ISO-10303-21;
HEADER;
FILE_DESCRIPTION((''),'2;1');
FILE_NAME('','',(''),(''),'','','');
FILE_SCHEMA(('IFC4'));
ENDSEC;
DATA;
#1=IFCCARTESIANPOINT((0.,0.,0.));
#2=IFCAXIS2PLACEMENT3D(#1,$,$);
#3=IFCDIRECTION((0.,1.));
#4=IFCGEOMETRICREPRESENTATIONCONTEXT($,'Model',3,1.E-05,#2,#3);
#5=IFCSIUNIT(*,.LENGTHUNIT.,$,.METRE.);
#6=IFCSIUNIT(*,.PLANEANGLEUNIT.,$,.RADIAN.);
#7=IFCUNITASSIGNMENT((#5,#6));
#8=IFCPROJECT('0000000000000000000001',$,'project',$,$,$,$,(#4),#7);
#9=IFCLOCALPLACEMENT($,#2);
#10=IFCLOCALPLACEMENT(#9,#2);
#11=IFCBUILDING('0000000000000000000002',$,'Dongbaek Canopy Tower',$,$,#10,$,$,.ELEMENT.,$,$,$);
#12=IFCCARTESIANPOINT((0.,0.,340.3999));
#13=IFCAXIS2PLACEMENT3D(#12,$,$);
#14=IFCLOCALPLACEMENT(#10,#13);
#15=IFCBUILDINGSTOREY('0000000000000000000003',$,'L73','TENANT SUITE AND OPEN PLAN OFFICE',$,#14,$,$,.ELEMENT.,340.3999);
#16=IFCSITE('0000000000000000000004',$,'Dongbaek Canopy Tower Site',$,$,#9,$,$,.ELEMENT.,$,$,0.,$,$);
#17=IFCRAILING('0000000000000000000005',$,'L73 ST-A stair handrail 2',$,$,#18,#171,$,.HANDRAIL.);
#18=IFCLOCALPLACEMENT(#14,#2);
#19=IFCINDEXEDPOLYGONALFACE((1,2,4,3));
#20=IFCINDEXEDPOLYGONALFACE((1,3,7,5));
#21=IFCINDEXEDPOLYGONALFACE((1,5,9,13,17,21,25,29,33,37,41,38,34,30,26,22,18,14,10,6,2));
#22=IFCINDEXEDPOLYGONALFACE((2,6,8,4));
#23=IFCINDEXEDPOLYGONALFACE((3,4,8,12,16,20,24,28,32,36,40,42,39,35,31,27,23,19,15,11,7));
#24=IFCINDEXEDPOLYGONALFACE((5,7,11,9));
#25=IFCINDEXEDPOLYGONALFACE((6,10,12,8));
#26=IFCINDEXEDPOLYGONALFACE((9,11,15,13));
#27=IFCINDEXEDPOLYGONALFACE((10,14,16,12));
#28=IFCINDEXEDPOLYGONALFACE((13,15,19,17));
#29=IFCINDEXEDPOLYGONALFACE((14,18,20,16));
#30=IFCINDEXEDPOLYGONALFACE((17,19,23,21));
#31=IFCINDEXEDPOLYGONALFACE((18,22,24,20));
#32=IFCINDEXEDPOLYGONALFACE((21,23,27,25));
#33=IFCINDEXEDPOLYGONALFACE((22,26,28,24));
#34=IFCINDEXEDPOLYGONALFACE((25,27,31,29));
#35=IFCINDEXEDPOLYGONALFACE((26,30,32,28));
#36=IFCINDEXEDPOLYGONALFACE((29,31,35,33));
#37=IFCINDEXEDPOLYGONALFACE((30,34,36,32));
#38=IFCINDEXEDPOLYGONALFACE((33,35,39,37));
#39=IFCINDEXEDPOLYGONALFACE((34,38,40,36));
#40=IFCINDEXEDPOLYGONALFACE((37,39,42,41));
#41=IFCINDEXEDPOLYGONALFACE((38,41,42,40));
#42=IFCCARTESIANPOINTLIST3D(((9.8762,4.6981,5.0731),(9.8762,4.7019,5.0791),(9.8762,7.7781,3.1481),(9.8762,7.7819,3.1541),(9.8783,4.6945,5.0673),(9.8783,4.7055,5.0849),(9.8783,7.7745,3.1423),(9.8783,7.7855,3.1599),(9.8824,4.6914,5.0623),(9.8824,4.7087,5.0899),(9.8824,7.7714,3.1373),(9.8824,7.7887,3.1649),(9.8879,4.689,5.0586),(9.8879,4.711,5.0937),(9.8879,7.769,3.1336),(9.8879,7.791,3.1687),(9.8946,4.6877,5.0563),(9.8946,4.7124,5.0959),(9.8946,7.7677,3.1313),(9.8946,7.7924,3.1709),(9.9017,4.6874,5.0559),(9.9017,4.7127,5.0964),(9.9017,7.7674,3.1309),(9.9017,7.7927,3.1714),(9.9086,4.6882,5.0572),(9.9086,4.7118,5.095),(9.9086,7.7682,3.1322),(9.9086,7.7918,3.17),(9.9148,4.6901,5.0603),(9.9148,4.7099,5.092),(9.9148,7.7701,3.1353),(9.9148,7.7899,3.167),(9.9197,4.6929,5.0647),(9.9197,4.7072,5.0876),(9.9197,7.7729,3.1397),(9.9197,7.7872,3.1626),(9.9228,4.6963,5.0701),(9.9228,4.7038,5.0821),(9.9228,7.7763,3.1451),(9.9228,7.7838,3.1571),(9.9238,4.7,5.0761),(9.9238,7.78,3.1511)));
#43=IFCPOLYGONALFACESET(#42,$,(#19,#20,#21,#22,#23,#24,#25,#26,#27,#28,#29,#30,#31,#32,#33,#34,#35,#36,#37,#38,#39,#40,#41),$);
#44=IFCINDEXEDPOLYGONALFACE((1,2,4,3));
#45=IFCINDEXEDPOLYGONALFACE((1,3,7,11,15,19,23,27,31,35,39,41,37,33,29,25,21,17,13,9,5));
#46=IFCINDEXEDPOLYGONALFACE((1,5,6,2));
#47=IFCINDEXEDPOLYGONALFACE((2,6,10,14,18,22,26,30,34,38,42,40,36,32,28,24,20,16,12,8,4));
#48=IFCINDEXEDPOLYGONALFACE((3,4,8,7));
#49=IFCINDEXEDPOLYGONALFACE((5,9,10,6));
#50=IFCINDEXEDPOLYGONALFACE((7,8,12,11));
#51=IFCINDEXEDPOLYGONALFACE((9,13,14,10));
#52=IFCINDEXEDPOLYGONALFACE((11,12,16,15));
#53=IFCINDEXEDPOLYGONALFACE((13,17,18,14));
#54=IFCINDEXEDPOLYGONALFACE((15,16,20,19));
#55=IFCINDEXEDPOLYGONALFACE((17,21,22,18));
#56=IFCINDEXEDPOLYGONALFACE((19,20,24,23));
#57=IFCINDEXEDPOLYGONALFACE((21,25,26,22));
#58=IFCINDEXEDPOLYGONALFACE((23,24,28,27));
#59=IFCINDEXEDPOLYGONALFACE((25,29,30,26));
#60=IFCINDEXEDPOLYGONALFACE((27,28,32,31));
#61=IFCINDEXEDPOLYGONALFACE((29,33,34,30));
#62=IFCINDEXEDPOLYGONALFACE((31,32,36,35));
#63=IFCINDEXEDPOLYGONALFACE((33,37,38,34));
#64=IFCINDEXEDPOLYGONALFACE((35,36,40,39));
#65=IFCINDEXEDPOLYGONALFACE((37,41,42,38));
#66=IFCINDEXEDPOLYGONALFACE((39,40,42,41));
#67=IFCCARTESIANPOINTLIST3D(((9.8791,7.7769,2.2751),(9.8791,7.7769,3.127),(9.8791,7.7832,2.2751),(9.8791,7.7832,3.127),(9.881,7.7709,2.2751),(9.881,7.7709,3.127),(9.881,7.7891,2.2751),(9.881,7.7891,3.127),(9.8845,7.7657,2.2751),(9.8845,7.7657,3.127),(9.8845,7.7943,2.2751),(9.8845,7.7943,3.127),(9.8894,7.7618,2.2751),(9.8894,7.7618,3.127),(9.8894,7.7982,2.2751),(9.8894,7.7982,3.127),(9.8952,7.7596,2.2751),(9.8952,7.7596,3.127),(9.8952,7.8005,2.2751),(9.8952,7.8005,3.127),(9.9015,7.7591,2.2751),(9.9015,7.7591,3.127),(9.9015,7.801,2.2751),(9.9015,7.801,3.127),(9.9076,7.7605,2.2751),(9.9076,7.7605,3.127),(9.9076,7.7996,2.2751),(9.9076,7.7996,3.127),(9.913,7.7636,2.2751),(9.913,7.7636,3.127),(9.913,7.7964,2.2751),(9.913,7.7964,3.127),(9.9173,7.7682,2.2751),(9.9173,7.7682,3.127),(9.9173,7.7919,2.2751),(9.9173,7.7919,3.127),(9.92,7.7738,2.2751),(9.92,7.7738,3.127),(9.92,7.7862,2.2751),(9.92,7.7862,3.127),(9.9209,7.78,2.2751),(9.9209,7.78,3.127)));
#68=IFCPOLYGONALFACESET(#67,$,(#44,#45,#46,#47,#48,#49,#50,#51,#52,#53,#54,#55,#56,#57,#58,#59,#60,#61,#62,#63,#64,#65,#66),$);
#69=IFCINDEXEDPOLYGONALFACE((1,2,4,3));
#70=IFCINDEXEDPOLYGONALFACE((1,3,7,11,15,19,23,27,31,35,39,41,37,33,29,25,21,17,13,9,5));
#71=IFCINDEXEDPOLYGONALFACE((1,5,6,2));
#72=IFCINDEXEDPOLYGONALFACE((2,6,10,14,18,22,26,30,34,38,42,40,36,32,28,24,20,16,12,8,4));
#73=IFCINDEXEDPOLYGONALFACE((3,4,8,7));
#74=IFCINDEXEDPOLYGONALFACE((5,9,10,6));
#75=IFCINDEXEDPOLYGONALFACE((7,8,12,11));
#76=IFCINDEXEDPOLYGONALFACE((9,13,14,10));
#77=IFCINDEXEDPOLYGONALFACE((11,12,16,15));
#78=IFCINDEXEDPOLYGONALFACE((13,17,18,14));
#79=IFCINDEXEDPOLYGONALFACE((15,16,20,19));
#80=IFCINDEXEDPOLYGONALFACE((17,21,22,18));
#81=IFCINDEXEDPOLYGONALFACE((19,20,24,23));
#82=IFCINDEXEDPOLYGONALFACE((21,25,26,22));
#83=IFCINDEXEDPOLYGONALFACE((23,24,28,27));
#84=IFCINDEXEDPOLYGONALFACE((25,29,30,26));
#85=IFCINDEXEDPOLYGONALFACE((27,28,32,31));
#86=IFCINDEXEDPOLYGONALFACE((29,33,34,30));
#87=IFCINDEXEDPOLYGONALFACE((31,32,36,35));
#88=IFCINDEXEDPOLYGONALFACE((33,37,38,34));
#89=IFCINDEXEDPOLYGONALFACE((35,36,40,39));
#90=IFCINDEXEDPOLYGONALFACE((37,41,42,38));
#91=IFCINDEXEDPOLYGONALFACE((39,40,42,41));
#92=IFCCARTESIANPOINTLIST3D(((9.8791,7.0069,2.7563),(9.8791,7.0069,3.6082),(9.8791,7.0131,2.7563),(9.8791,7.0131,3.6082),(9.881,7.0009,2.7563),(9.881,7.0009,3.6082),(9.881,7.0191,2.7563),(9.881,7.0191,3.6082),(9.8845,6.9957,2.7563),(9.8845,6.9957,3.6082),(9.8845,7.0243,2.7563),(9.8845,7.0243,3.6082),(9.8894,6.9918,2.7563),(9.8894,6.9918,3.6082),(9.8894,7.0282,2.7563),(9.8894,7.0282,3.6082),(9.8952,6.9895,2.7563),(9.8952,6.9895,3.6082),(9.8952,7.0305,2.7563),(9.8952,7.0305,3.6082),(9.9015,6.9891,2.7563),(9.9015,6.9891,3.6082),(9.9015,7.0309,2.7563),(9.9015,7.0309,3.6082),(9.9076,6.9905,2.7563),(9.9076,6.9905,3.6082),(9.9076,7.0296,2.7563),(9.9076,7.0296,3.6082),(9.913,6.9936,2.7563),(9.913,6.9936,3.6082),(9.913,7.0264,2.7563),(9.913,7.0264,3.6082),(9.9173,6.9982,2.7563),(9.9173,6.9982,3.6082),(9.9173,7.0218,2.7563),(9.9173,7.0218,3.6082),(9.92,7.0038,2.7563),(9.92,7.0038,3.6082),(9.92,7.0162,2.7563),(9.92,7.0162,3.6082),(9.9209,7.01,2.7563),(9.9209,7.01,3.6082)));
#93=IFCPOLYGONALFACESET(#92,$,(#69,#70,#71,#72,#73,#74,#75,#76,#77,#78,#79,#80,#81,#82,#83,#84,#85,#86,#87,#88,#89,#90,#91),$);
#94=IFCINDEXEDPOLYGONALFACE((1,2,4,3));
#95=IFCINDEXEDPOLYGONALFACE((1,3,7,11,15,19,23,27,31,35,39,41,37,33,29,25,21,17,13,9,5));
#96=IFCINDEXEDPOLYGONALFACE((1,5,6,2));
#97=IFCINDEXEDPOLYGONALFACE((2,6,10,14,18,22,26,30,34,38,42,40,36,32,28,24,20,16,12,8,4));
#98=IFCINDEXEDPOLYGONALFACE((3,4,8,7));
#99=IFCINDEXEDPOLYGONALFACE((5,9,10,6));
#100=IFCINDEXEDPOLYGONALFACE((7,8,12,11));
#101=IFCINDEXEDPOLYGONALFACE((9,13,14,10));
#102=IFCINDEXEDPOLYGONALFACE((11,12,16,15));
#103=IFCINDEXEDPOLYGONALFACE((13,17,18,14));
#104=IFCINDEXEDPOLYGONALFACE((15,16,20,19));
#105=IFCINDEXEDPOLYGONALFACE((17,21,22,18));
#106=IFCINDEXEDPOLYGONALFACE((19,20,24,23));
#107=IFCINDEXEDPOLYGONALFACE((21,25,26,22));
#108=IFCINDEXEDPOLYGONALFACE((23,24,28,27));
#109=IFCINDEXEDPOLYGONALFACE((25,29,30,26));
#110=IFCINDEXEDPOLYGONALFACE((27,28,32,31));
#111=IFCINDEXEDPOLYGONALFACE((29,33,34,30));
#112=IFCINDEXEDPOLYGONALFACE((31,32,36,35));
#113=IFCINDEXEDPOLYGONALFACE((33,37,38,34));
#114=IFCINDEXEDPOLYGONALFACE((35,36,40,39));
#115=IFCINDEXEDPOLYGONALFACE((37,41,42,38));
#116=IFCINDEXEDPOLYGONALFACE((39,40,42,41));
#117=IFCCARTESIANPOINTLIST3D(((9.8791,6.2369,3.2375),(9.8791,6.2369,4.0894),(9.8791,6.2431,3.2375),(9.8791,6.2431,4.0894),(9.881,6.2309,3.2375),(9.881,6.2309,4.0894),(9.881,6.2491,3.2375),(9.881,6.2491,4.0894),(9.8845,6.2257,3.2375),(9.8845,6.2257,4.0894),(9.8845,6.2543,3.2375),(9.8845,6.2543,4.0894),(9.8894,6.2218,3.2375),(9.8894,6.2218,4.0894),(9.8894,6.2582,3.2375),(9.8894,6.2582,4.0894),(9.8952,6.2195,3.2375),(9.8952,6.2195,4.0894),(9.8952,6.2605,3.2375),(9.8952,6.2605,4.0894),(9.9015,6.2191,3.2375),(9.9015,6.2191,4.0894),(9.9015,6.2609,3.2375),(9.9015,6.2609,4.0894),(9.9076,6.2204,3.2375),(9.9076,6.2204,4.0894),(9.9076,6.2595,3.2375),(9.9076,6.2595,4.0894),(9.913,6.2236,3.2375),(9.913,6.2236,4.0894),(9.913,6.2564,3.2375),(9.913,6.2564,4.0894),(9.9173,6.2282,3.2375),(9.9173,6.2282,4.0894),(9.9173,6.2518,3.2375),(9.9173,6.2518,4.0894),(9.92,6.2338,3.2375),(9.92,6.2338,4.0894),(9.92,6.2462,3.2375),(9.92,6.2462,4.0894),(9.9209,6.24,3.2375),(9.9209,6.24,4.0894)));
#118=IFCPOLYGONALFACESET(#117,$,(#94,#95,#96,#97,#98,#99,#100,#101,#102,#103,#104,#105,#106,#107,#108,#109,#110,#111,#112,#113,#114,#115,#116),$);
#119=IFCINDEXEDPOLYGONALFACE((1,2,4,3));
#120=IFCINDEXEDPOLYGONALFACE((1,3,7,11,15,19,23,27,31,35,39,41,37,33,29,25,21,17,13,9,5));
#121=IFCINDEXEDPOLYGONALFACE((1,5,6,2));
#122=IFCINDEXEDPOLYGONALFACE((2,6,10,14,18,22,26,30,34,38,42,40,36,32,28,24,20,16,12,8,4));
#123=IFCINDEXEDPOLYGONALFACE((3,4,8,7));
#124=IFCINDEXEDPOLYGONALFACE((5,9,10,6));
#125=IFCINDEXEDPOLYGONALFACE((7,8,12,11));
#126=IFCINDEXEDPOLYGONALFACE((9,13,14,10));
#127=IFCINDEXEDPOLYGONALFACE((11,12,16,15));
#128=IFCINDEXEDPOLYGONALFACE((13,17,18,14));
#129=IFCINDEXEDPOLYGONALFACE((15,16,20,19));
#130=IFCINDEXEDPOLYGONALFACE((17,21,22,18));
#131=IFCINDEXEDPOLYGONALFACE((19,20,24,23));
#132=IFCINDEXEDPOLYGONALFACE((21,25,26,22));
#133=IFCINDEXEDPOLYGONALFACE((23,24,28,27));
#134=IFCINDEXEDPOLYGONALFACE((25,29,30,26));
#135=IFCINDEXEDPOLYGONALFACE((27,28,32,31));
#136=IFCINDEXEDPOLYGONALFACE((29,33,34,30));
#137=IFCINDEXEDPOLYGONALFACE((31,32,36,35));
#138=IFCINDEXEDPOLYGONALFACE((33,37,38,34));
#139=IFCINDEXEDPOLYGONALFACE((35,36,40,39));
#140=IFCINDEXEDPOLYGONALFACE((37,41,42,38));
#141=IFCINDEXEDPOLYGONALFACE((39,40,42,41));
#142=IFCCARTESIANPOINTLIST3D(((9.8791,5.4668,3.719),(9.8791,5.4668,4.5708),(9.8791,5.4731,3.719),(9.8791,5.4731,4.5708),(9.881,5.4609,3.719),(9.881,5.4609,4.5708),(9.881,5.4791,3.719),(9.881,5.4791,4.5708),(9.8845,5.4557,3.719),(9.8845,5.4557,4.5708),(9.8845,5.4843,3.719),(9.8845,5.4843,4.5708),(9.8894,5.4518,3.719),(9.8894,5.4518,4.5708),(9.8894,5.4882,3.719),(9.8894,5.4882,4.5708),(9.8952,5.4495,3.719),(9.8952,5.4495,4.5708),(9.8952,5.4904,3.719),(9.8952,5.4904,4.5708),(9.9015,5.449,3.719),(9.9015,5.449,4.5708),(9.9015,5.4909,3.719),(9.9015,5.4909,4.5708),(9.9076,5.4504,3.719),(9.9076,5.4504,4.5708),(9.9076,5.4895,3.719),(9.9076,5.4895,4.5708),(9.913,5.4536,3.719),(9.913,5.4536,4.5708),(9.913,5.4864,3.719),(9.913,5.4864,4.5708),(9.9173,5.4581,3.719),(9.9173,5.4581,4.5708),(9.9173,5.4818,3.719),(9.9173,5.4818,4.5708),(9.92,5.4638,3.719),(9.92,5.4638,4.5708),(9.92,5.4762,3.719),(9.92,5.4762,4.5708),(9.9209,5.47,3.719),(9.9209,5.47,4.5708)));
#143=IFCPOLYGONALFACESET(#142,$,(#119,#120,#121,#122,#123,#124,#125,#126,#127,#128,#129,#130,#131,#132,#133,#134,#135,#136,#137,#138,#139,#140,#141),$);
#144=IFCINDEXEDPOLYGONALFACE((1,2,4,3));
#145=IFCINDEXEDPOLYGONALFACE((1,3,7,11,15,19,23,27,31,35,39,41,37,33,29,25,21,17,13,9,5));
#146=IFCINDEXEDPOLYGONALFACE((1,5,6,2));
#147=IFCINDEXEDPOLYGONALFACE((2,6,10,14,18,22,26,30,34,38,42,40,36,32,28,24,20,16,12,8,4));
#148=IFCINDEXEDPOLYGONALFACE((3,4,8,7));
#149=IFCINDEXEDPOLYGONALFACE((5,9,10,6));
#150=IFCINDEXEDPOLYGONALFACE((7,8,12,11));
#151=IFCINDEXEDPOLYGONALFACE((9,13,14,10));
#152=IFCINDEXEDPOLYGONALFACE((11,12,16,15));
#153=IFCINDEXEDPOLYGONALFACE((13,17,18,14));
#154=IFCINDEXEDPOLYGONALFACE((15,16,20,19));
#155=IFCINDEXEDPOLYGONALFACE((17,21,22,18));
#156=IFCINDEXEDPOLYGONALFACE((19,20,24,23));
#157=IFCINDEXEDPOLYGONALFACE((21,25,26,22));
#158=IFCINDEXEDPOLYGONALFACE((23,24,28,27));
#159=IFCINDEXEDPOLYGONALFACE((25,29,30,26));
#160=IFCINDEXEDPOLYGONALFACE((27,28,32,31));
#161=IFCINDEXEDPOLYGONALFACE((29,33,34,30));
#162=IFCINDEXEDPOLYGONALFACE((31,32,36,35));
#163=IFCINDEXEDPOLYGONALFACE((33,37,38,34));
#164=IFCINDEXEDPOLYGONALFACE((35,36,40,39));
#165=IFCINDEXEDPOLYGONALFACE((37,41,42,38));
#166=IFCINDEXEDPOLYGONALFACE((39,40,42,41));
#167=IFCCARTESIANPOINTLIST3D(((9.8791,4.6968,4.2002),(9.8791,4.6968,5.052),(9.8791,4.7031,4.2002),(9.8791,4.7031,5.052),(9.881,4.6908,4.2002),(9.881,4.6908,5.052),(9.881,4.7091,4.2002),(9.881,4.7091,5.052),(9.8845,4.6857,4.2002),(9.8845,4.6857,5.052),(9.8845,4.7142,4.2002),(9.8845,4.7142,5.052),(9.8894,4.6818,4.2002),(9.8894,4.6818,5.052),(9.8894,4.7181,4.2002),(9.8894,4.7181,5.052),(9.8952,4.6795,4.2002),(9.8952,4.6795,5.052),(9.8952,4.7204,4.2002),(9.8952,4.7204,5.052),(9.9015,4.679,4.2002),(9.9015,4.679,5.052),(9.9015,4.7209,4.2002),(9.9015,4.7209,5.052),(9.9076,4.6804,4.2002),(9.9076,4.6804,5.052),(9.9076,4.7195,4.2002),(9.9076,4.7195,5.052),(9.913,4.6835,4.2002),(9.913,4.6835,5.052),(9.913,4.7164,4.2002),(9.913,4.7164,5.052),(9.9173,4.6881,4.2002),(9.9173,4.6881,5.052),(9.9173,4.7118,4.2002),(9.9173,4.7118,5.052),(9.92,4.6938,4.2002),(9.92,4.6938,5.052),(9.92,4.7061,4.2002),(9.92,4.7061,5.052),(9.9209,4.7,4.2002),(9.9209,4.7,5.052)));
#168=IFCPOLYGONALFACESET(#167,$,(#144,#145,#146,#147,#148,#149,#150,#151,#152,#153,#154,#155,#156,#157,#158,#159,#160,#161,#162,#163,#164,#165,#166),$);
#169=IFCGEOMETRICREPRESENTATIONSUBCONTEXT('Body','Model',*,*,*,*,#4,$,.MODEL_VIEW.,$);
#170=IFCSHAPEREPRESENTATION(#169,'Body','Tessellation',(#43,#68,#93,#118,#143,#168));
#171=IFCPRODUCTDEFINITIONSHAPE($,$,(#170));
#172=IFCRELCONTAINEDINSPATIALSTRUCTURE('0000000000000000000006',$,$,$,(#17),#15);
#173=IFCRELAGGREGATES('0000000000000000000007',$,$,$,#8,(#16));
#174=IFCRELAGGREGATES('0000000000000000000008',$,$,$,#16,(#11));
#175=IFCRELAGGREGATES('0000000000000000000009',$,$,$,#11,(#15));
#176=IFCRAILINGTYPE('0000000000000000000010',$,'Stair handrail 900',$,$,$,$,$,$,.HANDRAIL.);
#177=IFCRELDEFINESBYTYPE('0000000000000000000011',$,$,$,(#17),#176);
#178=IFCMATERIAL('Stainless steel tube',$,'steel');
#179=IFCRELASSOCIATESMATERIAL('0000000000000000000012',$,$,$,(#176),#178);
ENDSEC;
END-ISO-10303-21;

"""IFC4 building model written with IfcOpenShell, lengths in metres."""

from ifc_helpers import new_model, si_unit, direction, frame, origin, origin_2d, place, context, subcontext, project, spatial, circle, extrude, material, type_object, element, save


model = new_model("IFC4")

# Units and contexts
model_context = context("Model", 3, precision=1e-05, world=origin(), true_north=direction((0.0, 1.0)))
body_context = subcontext(model_context, "Body", "Model", "MODEL_VIEW")
ifc_project = project(units=[si_unit("LENGTHUNIT", "METRE"), si_unit("PLANEANGLEUNIT", "RADIAN")], contexts=[model_context])

# Site, building, storey
site_placement = place(None, origin())
site = spatial("IfcSite", under=ifc_project, at=site_placement, Name="Dongbaek Canopy Tower Site", CompositionType="ELEMENT", RefElevation=0.0)
building_placement = place(site_placement, origin())
building = spatial("IfcBuilding", under=site, at=building_placement, Name="Dongbaek Canopy Tower", CompositionType="ELEMENT")
storey_placement = place(building_placement, frame((0.0, 0.0, 340.3999)))
storey = spatial("IfcBuildingStorey", under=building, at=storey_placement, Name="L73", Description="TENANT SUITE AND OPEN PLAN OFFICE", CompositionType="ELEMENT", Elevation=340.3999)

# Railing
ifc_material_1 = material(Name="Stainless steel tube", Category="steel")
railing_type_1 = type_object("IfcRailingType", Name="Stair handrail 900", PredefinedType="HANDRAIL", material=ifc_material_1)
railing_1_placement = place(storey_placement, frame((9.8999, 7.78, 2.2751)))
element("IfcRailing", 1, at=railing_1_placement, inside=storey, type_object=railing_type_1, Name="L73 ST-A stair handrail 2", PredefinedType="HANDRAIL", context=body_context, shape_type="SweptSolid", body=[
    extrude(circle(Radius=0.0239, at=origin_2d()), frame((0.0, 0.0, 0.876), z_axis=(0.0, -0.847998, 0.529999), x_axis=(1.0, 0.0, 0.0)), (0.0, 0.0, 1.0), 3.6321),
    extrude(circle(Radius=0.021, at=origin_2d()), origin(), (0.0, 0.0, 1.0), 0.8518),
    extrude(circle(Radius=0.021, at=origin_2d()), frame((0.0, -0.77, 0.4812)), (0.0, 0.0, 1.0), 0.8518),
    extrude(circle(Radius=0.021, at=origin_2d()), frame((0.0, -1.54, 0.9624)), (0.0, 0.0, 1.0), 0.8518),
    extrude(circle(Radius=0.021, at=origin_2d()), frame((0.0, -2.3101, 1.4438)), (0.0, 0.0, 1.0), 0.8518),
    extrude(circle(Radius=0.021, at=origin_2d()), frame((0.0, -3.0801, 1.925)), (0.0, 0.0, 1.0), 0.8518),
])

save(model, "model.ifc")
